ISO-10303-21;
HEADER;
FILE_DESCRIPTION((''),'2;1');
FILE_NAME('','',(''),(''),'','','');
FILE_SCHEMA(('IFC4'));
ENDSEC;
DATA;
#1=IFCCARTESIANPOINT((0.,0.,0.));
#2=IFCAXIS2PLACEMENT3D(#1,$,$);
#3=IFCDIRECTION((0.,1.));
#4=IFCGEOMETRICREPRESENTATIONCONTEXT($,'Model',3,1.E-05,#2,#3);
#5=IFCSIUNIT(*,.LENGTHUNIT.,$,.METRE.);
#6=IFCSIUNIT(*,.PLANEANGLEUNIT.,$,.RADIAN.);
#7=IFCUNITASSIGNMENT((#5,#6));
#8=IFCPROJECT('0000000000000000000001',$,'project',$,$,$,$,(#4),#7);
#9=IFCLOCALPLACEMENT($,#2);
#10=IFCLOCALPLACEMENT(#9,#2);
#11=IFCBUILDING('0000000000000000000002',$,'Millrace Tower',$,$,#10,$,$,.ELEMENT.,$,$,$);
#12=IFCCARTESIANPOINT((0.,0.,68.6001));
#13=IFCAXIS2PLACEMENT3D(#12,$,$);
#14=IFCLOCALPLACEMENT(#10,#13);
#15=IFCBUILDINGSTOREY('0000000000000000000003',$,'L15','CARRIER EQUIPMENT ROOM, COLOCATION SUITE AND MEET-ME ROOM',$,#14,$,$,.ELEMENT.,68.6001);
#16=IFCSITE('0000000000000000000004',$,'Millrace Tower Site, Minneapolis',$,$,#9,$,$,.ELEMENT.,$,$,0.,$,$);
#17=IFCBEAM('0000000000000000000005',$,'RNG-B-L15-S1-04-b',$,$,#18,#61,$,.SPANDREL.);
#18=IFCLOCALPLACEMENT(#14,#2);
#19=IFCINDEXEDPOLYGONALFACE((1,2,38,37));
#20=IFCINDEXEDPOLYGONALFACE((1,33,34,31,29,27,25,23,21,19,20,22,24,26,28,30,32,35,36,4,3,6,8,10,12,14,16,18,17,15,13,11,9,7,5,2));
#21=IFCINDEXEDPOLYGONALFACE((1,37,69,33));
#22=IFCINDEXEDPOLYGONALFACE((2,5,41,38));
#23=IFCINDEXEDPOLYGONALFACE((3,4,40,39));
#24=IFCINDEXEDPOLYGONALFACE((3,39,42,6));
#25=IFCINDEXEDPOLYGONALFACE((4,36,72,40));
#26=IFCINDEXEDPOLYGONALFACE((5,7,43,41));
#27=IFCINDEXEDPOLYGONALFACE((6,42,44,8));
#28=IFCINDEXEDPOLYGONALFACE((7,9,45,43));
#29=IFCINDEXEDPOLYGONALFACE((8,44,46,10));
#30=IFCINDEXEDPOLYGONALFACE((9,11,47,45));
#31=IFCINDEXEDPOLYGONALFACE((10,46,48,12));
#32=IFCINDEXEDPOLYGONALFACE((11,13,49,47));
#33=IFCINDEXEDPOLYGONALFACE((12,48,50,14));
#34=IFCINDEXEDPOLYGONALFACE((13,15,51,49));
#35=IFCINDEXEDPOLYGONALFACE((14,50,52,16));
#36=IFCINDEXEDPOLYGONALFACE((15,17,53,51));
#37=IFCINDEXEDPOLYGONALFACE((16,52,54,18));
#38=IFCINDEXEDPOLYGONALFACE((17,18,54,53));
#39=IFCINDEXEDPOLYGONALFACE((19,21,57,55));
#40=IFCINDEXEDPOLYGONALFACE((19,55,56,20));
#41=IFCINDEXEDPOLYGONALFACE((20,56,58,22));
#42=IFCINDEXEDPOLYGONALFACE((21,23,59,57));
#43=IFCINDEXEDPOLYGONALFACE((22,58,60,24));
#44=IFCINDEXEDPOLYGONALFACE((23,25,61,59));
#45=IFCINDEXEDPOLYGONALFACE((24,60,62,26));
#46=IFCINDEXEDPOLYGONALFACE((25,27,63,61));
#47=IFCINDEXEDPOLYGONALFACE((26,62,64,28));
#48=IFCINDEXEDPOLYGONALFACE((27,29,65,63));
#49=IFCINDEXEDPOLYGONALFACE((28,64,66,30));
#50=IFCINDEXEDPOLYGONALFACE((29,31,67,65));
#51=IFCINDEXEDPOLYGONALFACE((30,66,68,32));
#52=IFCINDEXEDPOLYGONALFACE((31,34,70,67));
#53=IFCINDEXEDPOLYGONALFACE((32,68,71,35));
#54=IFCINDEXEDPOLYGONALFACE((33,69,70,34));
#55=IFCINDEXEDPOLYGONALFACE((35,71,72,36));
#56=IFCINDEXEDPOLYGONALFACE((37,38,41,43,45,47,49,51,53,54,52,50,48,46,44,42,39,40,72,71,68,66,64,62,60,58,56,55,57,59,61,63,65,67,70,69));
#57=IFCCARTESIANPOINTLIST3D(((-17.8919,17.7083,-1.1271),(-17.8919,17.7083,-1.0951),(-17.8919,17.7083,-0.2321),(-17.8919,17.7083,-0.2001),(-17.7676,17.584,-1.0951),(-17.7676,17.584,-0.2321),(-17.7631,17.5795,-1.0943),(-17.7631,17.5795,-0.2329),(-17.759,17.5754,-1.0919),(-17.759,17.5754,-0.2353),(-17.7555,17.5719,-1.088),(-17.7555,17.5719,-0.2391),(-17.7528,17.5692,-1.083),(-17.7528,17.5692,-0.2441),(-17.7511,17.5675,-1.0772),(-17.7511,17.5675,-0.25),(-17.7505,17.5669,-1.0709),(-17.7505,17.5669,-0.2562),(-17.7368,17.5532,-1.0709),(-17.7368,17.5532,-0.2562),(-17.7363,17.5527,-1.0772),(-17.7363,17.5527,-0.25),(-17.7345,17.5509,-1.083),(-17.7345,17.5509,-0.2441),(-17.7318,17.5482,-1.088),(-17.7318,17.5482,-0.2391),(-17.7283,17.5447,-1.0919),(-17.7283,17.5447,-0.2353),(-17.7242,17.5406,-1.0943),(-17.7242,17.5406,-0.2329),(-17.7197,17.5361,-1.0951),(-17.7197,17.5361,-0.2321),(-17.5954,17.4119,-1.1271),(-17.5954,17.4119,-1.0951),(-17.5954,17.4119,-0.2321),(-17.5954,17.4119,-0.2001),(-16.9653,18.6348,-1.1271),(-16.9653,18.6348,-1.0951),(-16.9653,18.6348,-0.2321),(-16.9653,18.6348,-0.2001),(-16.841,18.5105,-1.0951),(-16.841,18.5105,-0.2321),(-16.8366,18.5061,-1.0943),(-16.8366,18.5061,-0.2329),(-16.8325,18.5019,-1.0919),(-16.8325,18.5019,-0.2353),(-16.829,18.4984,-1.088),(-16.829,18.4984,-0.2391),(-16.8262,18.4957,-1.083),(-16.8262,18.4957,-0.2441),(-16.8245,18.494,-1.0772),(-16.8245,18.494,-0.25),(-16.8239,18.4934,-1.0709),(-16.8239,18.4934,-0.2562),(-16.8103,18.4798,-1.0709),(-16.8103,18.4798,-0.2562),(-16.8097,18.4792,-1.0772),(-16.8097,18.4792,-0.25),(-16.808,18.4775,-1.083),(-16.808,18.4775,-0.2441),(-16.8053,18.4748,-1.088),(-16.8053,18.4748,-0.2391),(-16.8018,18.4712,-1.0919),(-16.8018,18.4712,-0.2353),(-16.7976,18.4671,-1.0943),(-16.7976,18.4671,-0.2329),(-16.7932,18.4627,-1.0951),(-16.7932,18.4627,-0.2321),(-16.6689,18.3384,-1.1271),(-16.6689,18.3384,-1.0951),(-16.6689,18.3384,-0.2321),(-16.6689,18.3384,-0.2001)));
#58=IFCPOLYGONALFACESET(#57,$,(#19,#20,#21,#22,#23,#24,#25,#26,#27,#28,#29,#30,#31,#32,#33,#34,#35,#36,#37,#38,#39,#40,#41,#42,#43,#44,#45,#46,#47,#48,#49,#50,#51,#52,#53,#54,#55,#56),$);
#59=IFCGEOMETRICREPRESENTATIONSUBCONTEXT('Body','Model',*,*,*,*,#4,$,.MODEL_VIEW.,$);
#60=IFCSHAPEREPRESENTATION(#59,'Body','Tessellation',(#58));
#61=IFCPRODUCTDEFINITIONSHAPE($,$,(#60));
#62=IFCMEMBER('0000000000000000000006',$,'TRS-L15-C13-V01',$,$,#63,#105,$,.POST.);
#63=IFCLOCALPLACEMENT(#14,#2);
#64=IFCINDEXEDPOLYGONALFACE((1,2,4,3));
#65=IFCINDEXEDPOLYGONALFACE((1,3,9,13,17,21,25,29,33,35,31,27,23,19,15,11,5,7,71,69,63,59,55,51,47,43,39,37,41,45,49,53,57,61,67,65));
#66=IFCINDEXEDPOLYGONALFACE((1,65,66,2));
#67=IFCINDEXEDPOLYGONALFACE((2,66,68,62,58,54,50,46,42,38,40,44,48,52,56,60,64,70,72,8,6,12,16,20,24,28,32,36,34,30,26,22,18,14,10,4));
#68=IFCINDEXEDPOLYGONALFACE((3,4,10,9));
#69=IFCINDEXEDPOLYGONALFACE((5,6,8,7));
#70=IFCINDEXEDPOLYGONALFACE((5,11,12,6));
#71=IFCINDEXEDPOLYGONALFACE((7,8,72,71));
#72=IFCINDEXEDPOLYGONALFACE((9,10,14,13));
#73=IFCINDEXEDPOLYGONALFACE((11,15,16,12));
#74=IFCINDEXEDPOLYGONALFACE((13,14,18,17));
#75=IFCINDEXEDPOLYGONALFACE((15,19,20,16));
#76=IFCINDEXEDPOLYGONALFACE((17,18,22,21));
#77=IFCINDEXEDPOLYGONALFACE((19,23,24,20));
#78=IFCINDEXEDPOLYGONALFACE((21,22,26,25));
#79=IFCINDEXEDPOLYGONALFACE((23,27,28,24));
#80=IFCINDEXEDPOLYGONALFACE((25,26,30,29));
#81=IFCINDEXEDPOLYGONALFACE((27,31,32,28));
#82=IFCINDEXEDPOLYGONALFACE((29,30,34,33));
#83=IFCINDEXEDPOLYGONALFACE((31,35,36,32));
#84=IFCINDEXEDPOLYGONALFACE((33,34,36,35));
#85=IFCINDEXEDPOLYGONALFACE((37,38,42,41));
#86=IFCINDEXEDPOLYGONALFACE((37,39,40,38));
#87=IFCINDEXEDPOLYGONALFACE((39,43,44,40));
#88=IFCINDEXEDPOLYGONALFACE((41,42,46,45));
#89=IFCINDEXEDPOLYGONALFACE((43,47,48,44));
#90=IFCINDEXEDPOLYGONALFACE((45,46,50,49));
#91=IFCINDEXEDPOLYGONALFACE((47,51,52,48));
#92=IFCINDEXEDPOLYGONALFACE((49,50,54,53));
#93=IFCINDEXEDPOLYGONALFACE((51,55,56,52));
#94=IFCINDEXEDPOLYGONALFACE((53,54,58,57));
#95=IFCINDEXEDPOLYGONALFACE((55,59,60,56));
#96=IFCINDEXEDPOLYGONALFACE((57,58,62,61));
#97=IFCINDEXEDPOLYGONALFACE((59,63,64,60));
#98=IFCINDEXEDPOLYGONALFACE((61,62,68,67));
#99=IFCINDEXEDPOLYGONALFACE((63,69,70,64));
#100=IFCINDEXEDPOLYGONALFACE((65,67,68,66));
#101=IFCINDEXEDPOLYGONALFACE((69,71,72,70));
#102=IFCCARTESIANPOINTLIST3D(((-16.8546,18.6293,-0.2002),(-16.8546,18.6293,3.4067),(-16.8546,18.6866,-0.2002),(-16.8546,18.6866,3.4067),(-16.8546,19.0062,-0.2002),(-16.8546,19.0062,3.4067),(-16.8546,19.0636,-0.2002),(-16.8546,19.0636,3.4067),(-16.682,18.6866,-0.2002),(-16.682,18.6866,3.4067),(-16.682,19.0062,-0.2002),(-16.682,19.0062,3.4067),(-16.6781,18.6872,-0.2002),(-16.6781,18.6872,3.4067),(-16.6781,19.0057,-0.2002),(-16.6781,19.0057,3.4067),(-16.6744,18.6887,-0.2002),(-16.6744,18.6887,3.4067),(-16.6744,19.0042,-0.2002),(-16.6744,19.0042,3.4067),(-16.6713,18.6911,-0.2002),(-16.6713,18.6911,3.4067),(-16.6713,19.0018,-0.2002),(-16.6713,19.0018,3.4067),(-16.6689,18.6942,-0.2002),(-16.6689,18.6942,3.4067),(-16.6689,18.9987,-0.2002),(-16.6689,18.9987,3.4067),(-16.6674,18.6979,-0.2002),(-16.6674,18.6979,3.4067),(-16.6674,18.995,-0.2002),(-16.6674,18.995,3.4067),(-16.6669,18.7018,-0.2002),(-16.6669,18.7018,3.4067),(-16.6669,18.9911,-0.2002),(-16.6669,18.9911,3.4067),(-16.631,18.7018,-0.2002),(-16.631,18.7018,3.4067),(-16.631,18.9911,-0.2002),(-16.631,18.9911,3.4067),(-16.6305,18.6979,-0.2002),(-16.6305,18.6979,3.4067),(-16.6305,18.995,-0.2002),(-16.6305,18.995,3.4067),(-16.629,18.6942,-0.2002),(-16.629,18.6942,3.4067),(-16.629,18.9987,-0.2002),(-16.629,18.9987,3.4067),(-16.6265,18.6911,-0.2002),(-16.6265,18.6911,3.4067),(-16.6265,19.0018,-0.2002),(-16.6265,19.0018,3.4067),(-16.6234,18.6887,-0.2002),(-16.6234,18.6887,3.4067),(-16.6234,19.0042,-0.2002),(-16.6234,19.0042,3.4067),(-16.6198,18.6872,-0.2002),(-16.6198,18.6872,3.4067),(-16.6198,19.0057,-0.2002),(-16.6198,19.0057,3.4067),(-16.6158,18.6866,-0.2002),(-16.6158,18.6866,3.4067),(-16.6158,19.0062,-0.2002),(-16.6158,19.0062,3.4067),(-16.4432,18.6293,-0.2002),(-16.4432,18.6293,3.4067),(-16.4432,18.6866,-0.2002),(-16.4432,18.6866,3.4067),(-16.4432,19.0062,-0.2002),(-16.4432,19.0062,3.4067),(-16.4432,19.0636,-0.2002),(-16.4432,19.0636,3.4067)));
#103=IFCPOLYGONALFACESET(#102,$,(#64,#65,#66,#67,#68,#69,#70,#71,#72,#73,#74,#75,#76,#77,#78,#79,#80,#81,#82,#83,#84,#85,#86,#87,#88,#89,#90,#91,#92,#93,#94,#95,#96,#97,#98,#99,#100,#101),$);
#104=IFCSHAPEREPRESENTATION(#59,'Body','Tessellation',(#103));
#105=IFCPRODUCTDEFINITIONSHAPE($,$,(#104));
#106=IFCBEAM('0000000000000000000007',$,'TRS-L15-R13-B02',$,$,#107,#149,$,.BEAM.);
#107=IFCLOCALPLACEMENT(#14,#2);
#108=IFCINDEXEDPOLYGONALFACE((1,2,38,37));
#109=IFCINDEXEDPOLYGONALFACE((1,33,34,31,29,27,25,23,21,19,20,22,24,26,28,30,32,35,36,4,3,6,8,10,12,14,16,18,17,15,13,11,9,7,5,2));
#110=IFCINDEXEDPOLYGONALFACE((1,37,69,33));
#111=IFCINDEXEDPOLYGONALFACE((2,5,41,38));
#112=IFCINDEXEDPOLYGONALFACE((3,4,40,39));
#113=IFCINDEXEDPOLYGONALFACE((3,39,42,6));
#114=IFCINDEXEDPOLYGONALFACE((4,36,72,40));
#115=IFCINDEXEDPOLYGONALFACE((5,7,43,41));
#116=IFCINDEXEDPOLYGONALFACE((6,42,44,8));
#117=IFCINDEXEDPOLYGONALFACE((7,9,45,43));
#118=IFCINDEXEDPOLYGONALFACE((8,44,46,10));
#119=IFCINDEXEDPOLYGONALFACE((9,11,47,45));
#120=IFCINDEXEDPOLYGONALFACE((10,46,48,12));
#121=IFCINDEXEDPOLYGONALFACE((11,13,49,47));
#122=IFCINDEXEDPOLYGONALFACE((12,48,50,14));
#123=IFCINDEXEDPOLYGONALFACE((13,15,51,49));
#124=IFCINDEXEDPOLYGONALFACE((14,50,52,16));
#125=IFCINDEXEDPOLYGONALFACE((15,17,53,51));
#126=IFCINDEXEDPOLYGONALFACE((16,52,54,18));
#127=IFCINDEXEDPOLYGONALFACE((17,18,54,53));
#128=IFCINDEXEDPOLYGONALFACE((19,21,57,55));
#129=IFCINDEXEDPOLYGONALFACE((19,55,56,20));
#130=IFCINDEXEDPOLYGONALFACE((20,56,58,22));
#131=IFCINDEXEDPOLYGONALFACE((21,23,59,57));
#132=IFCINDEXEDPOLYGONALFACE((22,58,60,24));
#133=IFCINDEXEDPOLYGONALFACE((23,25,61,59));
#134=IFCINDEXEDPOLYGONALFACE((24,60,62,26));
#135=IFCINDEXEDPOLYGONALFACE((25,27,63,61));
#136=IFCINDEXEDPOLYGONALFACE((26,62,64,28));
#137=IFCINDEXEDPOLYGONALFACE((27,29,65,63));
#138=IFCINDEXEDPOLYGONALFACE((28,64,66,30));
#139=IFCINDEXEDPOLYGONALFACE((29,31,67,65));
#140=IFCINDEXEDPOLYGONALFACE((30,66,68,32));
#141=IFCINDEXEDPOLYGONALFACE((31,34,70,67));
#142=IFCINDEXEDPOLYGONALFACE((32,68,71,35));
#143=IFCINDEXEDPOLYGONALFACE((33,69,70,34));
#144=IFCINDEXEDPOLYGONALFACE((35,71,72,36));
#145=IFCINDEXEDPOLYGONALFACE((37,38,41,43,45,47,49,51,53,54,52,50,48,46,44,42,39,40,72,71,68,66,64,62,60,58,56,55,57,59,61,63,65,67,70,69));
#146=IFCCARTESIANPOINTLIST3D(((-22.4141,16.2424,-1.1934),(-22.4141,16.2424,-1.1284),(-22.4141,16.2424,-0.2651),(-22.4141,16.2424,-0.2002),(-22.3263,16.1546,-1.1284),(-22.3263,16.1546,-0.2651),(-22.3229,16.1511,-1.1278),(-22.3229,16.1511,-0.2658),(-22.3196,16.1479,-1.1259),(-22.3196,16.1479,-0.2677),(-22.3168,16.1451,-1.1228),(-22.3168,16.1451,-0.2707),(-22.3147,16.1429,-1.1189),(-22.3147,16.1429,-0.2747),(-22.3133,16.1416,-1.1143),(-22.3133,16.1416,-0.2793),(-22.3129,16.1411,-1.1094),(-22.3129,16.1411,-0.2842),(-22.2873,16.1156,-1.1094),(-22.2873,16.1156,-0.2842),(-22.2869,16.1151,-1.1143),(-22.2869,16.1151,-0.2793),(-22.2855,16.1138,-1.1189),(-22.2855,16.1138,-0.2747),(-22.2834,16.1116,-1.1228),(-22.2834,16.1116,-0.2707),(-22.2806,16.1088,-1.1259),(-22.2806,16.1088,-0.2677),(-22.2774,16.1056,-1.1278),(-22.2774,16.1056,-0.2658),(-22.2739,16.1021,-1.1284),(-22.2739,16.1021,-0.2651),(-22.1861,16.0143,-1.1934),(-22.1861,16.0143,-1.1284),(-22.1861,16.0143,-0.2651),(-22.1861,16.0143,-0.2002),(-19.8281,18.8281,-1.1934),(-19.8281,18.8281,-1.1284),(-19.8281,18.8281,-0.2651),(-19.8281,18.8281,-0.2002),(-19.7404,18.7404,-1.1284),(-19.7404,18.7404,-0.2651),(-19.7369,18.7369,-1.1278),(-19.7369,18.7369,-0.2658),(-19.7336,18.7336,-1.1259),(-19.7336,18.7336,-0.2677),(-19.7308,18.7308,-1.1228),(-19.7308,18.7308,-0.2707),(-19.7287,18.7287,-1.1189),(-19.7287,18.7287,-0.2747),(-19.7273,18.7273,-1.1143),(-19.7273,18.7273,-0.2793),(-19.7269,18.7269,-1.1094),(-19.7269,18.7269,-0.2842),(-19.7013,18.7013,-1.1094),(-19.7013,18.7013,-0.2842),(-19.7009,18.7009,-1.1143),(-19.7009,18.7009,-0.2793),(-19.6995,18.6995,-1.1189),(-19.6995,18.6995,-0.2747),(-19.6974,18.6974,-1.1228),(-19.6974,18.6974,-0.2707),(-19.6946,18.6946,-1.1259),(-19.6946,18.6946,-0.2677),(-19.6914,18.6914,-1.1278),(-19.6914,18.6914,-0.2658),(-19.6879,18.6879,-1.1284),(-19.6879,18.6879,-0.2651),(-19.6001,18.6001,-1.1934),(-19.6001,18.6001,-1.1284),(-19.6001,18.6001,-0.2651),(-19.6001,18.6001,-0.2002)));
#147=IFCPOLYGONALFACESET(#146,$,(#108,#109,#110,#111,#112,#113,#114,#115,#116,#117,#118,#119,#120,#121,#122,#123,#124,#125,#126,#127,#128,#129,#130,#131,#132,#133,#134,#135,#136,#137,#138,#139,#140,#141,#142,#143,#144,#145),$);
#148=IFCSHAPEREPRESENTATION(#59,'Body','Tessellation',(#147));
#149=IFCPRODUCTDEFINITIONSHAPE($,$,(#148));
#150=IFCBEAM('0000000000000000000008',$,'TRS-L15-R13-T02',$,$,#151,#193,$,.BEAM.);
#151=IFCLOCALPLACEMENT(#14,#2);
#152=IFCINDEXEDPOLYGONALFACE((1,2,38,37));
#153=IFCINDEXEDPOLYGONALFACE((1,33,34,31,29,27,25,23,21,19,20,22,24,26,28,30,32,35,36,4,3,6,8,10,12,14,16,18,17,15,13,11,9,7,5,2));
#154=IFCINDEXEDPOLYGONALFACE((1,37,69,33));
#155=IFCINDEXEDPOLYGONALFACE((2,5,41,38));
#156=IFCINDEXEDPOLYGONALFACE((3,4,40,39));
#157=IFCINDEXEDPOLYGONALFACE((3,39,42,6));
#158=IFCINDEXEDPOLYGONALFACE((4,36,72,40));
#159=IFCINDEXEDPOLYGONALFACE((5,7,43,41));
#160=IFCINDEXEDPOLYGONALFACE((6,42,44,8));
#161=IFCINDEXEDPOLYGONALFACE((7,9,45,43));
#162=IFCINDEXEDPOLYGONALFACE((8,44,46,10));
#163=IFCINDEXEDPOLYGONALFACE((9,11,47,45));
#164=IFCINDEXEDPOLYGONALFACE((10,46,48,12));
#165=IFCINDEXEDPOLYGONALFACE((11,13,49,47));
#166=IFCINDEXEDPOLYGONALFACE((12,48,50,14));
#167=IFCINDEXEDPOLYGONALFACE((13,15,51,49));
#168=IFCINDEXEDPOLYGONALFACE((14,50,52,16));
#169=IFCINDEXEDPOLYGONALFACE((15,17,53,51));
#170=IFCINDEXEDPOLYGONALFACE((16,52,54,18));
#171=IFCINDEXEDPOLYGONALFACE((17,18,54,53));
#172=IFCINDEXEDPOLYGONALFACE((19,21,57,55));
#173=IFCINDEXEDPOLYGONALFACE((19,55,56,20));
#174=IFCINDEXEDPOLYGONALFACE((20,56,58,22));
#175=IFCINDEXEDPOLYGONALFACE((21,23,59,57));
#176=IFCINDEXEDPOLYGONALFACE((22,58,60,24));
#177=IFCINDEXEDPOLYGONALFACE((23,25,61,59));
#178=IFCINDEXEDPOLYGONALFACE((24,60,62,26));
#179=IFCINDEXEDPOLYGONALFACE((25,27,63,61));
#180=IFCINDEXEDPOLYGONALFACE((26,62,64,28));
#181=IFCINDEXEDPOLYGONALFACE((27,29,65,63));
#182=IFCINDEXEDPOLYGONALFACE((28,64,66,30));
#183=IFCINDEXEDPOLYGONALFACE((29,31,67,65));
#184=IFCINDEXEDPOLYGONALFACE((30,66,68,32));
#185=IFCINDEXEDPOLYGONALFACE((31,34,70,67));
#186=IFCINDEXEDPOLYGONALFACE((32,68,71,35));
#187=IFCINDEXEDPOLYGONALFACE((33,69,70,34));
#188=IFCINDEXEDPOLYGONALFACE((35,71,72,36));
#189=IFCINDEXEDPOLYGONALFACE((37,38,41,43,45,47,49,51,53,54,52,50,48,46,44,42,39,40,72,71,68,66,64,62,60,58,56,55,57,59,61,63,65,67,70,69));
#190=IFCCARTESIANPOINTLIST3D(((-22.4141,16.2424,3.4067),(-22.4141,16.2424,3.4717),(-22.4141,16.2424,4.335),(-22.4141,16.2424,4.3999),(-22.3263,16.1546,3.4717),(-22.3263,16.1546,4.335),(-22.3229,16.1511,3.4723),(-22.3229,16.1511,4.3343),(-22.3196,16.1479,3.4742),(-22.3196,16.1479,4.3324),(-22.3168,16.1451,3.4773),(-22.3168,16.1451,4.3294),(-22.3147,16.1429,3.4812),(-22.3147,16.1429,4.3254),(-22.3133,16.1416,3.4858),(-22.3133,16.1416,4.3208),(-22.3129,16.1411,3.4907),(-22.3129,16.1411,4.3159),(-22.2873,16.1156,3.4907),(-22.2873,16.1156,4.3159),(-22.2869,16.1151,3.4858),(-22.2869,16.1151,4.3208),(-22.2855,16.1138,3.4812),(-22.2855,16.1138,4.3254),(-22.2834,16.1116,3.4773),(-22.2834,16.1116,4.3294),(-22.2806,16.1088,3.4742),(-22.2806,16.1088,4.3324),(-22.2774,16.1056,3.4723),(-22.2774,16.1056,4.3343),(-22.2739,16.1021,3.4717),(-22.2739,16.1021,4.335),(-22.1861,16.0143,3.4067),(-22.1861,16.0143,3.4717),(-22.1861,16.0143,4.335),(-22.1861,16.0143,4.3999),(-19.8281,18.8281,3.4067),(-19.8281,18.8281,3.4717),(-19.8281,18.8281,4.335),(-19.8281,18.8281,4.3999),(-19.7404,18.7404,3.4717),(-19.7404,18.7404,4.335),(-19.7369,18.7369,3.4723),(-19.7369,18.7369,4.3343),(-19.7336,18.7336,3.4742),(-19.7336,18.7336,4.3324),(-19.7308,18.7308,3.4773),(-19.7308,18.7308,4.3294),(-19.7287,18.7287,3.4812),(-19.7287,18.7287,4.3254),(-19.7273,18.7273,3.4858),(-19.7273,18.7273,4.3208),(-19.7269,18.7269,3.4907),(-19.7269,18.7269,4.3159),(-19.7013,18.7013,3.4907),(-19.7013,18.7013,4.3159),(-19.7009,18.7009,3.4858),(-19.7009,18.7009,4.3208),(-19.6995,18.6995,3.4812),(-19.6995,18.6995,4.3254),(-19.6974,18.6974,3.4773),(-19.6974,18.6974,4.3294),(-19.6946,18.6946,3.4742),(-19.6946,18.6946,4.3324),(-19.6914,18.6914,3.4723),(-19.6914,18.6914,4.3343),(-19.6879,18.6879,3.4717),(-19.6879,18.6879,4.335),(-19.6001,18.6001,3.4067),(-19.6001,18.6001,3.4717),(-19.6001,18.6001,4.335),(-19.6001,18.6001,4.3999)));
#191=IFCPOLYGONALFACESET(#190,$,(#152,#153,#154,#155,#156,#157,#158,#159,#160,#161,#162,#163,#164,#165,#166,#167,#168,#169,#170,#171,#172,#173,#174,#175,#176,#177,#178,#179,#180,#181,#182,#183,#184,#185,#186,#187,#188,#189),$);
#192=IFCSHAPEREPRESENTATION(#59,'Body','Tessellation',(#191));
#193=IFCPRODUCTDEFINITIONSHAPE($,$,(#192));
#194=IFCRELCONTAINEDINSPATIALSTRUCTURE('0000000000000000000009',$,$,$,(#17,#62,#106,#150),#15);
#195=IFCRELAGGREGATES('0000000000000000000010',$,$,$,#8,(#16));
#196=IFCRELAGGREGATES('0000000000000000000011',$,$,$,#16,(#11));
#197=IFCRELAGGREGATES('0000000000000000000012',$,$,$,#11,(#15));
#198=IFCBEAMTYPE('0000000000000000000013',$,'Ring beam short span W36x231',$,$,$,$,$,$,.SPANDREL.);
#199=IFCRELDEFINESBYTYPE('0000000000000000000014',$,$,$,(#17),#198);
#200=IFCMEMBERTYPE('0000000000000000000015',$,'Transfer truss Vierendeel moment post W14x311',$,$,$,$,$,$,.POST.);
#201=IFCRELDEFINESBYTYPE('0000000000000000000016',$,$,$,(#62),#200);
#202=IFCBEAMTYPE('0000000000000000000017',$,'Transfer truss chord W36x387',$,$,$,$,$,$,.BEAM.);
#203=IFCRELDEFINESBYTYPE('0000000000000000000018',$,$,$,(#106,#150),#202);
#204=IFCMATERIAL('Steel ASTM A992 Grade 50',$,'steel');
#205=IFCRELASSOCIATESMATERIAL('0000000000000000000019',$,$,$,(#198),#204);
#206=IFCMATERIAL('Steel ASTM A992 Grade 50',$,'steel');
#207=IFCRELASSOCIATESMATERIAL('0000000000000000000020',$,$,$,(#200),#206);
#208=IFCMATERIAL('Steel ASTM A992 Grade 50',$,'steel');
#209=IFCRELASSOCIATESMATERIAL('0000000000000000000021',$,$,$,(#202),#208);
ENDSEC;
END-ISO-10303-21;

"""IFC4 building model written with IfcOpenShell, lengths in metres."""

from ifc_helpers import new_model, si_unit, direction, frame, origin, origin_2d, place, context, subcontext, project, spatial, i_section, extrude, material, material_profile, profile_set, type_object, element, save


model = new_model("IFC4")

# Units and contexts
model_context = context("Model", 3, precision=1e-05, world=origin(), true_north=direction((0.0, 1.0)))
body_context = subcontext(model_context, "Body", "Model", "MODEL_VIEW")
ifc_project = project(units=[si_unit("LENGTHUNIT", "METRE"), si_unit("PLANEANGLEUNIT", "RADIAN")], contexts=[model_context])

# Site, building, storey
site_placement = place(None, origin())
site = spatial("IfcSite", under=ifc_project, at=site_placement, Name="Millrace Tower Site, Minneapolis", CompositionType="ELEMENT", RefElevation=0.0)
building_placement = place(site_placement, origin())
building = spatial("IfcBuilding", under=site, at=building_placement, Name="Millrace Tower", CompositionType="ELEMENT")
storey_placement = place(building_placement, frame((0.0, 0.0, 68.6001)))
storey = spatial("IfcBuildingStorey", under=building, at=storey_placement, Name="L15", Description="CARRIER EQUIPMENT ROOM, COLOCATION SUITE AND MEET-ME ROOM", CompositionType="ELEMENT", Elevation=68.6001)

# Beam
ifc_material_1 = material(Name="Steel ASTM A992 Grade 50", Category="steel")
ifc_material_profile_1 = material_profile(ifc_material_1, i_section(OverallWidth=0.4192, OverallDepth=0.927, WebThickness=0.0193, FlangeThickness=0.032, FilletRadius=0.0242, at=origin_2d()))
ifc_profile_set_1 = profile_set([ifc_material_profile_1], Name="Steel ASTM A992 Grade 50")
beam_type_1 = type_object("IfcBeamType", Name="Ring beam short span W36x231", PredefinedType="SPANDREL", material=ifc_profile_set_1)
beam_1_placement = place(storey_placement, frame((-17.7437, 17.5601, -0.6636), z_axis=(0.707107, 0.707107, 0.0), x_axis=(-0.707107, 0.707107, 0.0)))
element("IfcBeam", 1, at=beam_1_placement, inside=storey, type_object=beam_type_1, Name="RNG-B-L15-S1-04-b", PredefinedType="SPANDREL", context=body_context, shape_type="SweptSolid", body=[
    extrude(i_section(OverallWidth=0.4192, OverallDepth=0.927, WebThickness=0.0193, FlangeThickness=0.032, FilletRadius=0.0242, at=origin_2d()), origin(), (0.0, 0.0, 1.0), 1.3103),
])

# Member
ifc_material_2 = material(Name="Steel ASTM A992 Grade 50", Category="steel")
ifc_material_profile_2 = material_profile(ifc_material_2, i_section(OverallWidth=0.4114, OverallDepth=0.4343, WebThickness=0.0359, FlangeThickness=0.0574, FilletRadius=0.0151, at=origin_2d()))
ifc_profile_set_2 = profile_set([ifc_material_profile_2], Name="Steel ASTM A992 Grade 50")
member_type_1 = type_object("IfcMemberType", Name="Transfer truss Vierendeel moment post W14x311", PredefinedType="POST", material=ifc_profile_set_2)
member_1_placement = place(storey_placement, frame((-16.6489, 18.8464, -0.2002), z_axis=(0.0, 0.0, 1.0), x_axis=(1.0, 0.0, 0.0)))
element("IfcMember", 2, at=member_1_placement, inside=storey, type_object=member_type_1, Name="TRS-L15-C13-V01", PredefinedType="POST", context=body_context, shape_type="SweptSolid", body=[
    extrude(i_section(OverallWidth=0.4114, OverallDepth=0.4343, WebThickness=0.0359, FlangeThickness=0.0574, FilletRadius=0.0151, at=origin_2d()), origin(), (0.0, 0.0, 1.0), 3.6069),
])

# Beams
ifc_material_3 = material(Name="Steel ASTM A992 Grade 50", Category="steel")
ifc_material_profile_3 = material_profile(ifc_material_3, i_section(OverallWidth=0.3225, OverallDepth=0.9932, WebThickness=0.0361, FlangeThickness=0.0649, FilletRadius=0.019, at=origin_2d()))
ifc_profile_set_3 = profile_set([ifc_material_profile_3], Name="Steel ASTM A992 Grade 50")
beam_type_2 = type_object("IfcBeamType", Name="Transfer truss chord W36x387", PredefinedType="BEAM", material=ifc_profile_set_3)
for number, where, z_axis, x_axis, name in (
    (3, (-19.7141, 18.7141, -0.6968), (-0.70714, -0.707073, 0.0), (0.707073, -0.70714, 0.0), "TRS-L15-R13-B02"),
    (4, (-19.7141, 18.7141, 3.9033), (-0.70714, -0.707073, 0.0), (0.707073, -0.70714, 0.0), "TRS-L15-R13-T02"),
):
    element("IfcBeam", number, at=place(storey_placement, frame(where, z_axis=z_axis, x_axis=x_axis)), inside=storey, type_object=beam_type_2, Name=name, PredefinedType="BEAM", context=body_context, shape_type="SweptSolid", body=[
        extrude(i_section(OverallWidth=0.3225, OverallDepth=0.9932, WebThickness=0.0361, FlangeThickness=0.0649, FilletRadius=0.019, at=origin_2d()), origin(), (0.0, 0.0, 1.0), 3.657),
    ])

save(model, "model.ifc")
